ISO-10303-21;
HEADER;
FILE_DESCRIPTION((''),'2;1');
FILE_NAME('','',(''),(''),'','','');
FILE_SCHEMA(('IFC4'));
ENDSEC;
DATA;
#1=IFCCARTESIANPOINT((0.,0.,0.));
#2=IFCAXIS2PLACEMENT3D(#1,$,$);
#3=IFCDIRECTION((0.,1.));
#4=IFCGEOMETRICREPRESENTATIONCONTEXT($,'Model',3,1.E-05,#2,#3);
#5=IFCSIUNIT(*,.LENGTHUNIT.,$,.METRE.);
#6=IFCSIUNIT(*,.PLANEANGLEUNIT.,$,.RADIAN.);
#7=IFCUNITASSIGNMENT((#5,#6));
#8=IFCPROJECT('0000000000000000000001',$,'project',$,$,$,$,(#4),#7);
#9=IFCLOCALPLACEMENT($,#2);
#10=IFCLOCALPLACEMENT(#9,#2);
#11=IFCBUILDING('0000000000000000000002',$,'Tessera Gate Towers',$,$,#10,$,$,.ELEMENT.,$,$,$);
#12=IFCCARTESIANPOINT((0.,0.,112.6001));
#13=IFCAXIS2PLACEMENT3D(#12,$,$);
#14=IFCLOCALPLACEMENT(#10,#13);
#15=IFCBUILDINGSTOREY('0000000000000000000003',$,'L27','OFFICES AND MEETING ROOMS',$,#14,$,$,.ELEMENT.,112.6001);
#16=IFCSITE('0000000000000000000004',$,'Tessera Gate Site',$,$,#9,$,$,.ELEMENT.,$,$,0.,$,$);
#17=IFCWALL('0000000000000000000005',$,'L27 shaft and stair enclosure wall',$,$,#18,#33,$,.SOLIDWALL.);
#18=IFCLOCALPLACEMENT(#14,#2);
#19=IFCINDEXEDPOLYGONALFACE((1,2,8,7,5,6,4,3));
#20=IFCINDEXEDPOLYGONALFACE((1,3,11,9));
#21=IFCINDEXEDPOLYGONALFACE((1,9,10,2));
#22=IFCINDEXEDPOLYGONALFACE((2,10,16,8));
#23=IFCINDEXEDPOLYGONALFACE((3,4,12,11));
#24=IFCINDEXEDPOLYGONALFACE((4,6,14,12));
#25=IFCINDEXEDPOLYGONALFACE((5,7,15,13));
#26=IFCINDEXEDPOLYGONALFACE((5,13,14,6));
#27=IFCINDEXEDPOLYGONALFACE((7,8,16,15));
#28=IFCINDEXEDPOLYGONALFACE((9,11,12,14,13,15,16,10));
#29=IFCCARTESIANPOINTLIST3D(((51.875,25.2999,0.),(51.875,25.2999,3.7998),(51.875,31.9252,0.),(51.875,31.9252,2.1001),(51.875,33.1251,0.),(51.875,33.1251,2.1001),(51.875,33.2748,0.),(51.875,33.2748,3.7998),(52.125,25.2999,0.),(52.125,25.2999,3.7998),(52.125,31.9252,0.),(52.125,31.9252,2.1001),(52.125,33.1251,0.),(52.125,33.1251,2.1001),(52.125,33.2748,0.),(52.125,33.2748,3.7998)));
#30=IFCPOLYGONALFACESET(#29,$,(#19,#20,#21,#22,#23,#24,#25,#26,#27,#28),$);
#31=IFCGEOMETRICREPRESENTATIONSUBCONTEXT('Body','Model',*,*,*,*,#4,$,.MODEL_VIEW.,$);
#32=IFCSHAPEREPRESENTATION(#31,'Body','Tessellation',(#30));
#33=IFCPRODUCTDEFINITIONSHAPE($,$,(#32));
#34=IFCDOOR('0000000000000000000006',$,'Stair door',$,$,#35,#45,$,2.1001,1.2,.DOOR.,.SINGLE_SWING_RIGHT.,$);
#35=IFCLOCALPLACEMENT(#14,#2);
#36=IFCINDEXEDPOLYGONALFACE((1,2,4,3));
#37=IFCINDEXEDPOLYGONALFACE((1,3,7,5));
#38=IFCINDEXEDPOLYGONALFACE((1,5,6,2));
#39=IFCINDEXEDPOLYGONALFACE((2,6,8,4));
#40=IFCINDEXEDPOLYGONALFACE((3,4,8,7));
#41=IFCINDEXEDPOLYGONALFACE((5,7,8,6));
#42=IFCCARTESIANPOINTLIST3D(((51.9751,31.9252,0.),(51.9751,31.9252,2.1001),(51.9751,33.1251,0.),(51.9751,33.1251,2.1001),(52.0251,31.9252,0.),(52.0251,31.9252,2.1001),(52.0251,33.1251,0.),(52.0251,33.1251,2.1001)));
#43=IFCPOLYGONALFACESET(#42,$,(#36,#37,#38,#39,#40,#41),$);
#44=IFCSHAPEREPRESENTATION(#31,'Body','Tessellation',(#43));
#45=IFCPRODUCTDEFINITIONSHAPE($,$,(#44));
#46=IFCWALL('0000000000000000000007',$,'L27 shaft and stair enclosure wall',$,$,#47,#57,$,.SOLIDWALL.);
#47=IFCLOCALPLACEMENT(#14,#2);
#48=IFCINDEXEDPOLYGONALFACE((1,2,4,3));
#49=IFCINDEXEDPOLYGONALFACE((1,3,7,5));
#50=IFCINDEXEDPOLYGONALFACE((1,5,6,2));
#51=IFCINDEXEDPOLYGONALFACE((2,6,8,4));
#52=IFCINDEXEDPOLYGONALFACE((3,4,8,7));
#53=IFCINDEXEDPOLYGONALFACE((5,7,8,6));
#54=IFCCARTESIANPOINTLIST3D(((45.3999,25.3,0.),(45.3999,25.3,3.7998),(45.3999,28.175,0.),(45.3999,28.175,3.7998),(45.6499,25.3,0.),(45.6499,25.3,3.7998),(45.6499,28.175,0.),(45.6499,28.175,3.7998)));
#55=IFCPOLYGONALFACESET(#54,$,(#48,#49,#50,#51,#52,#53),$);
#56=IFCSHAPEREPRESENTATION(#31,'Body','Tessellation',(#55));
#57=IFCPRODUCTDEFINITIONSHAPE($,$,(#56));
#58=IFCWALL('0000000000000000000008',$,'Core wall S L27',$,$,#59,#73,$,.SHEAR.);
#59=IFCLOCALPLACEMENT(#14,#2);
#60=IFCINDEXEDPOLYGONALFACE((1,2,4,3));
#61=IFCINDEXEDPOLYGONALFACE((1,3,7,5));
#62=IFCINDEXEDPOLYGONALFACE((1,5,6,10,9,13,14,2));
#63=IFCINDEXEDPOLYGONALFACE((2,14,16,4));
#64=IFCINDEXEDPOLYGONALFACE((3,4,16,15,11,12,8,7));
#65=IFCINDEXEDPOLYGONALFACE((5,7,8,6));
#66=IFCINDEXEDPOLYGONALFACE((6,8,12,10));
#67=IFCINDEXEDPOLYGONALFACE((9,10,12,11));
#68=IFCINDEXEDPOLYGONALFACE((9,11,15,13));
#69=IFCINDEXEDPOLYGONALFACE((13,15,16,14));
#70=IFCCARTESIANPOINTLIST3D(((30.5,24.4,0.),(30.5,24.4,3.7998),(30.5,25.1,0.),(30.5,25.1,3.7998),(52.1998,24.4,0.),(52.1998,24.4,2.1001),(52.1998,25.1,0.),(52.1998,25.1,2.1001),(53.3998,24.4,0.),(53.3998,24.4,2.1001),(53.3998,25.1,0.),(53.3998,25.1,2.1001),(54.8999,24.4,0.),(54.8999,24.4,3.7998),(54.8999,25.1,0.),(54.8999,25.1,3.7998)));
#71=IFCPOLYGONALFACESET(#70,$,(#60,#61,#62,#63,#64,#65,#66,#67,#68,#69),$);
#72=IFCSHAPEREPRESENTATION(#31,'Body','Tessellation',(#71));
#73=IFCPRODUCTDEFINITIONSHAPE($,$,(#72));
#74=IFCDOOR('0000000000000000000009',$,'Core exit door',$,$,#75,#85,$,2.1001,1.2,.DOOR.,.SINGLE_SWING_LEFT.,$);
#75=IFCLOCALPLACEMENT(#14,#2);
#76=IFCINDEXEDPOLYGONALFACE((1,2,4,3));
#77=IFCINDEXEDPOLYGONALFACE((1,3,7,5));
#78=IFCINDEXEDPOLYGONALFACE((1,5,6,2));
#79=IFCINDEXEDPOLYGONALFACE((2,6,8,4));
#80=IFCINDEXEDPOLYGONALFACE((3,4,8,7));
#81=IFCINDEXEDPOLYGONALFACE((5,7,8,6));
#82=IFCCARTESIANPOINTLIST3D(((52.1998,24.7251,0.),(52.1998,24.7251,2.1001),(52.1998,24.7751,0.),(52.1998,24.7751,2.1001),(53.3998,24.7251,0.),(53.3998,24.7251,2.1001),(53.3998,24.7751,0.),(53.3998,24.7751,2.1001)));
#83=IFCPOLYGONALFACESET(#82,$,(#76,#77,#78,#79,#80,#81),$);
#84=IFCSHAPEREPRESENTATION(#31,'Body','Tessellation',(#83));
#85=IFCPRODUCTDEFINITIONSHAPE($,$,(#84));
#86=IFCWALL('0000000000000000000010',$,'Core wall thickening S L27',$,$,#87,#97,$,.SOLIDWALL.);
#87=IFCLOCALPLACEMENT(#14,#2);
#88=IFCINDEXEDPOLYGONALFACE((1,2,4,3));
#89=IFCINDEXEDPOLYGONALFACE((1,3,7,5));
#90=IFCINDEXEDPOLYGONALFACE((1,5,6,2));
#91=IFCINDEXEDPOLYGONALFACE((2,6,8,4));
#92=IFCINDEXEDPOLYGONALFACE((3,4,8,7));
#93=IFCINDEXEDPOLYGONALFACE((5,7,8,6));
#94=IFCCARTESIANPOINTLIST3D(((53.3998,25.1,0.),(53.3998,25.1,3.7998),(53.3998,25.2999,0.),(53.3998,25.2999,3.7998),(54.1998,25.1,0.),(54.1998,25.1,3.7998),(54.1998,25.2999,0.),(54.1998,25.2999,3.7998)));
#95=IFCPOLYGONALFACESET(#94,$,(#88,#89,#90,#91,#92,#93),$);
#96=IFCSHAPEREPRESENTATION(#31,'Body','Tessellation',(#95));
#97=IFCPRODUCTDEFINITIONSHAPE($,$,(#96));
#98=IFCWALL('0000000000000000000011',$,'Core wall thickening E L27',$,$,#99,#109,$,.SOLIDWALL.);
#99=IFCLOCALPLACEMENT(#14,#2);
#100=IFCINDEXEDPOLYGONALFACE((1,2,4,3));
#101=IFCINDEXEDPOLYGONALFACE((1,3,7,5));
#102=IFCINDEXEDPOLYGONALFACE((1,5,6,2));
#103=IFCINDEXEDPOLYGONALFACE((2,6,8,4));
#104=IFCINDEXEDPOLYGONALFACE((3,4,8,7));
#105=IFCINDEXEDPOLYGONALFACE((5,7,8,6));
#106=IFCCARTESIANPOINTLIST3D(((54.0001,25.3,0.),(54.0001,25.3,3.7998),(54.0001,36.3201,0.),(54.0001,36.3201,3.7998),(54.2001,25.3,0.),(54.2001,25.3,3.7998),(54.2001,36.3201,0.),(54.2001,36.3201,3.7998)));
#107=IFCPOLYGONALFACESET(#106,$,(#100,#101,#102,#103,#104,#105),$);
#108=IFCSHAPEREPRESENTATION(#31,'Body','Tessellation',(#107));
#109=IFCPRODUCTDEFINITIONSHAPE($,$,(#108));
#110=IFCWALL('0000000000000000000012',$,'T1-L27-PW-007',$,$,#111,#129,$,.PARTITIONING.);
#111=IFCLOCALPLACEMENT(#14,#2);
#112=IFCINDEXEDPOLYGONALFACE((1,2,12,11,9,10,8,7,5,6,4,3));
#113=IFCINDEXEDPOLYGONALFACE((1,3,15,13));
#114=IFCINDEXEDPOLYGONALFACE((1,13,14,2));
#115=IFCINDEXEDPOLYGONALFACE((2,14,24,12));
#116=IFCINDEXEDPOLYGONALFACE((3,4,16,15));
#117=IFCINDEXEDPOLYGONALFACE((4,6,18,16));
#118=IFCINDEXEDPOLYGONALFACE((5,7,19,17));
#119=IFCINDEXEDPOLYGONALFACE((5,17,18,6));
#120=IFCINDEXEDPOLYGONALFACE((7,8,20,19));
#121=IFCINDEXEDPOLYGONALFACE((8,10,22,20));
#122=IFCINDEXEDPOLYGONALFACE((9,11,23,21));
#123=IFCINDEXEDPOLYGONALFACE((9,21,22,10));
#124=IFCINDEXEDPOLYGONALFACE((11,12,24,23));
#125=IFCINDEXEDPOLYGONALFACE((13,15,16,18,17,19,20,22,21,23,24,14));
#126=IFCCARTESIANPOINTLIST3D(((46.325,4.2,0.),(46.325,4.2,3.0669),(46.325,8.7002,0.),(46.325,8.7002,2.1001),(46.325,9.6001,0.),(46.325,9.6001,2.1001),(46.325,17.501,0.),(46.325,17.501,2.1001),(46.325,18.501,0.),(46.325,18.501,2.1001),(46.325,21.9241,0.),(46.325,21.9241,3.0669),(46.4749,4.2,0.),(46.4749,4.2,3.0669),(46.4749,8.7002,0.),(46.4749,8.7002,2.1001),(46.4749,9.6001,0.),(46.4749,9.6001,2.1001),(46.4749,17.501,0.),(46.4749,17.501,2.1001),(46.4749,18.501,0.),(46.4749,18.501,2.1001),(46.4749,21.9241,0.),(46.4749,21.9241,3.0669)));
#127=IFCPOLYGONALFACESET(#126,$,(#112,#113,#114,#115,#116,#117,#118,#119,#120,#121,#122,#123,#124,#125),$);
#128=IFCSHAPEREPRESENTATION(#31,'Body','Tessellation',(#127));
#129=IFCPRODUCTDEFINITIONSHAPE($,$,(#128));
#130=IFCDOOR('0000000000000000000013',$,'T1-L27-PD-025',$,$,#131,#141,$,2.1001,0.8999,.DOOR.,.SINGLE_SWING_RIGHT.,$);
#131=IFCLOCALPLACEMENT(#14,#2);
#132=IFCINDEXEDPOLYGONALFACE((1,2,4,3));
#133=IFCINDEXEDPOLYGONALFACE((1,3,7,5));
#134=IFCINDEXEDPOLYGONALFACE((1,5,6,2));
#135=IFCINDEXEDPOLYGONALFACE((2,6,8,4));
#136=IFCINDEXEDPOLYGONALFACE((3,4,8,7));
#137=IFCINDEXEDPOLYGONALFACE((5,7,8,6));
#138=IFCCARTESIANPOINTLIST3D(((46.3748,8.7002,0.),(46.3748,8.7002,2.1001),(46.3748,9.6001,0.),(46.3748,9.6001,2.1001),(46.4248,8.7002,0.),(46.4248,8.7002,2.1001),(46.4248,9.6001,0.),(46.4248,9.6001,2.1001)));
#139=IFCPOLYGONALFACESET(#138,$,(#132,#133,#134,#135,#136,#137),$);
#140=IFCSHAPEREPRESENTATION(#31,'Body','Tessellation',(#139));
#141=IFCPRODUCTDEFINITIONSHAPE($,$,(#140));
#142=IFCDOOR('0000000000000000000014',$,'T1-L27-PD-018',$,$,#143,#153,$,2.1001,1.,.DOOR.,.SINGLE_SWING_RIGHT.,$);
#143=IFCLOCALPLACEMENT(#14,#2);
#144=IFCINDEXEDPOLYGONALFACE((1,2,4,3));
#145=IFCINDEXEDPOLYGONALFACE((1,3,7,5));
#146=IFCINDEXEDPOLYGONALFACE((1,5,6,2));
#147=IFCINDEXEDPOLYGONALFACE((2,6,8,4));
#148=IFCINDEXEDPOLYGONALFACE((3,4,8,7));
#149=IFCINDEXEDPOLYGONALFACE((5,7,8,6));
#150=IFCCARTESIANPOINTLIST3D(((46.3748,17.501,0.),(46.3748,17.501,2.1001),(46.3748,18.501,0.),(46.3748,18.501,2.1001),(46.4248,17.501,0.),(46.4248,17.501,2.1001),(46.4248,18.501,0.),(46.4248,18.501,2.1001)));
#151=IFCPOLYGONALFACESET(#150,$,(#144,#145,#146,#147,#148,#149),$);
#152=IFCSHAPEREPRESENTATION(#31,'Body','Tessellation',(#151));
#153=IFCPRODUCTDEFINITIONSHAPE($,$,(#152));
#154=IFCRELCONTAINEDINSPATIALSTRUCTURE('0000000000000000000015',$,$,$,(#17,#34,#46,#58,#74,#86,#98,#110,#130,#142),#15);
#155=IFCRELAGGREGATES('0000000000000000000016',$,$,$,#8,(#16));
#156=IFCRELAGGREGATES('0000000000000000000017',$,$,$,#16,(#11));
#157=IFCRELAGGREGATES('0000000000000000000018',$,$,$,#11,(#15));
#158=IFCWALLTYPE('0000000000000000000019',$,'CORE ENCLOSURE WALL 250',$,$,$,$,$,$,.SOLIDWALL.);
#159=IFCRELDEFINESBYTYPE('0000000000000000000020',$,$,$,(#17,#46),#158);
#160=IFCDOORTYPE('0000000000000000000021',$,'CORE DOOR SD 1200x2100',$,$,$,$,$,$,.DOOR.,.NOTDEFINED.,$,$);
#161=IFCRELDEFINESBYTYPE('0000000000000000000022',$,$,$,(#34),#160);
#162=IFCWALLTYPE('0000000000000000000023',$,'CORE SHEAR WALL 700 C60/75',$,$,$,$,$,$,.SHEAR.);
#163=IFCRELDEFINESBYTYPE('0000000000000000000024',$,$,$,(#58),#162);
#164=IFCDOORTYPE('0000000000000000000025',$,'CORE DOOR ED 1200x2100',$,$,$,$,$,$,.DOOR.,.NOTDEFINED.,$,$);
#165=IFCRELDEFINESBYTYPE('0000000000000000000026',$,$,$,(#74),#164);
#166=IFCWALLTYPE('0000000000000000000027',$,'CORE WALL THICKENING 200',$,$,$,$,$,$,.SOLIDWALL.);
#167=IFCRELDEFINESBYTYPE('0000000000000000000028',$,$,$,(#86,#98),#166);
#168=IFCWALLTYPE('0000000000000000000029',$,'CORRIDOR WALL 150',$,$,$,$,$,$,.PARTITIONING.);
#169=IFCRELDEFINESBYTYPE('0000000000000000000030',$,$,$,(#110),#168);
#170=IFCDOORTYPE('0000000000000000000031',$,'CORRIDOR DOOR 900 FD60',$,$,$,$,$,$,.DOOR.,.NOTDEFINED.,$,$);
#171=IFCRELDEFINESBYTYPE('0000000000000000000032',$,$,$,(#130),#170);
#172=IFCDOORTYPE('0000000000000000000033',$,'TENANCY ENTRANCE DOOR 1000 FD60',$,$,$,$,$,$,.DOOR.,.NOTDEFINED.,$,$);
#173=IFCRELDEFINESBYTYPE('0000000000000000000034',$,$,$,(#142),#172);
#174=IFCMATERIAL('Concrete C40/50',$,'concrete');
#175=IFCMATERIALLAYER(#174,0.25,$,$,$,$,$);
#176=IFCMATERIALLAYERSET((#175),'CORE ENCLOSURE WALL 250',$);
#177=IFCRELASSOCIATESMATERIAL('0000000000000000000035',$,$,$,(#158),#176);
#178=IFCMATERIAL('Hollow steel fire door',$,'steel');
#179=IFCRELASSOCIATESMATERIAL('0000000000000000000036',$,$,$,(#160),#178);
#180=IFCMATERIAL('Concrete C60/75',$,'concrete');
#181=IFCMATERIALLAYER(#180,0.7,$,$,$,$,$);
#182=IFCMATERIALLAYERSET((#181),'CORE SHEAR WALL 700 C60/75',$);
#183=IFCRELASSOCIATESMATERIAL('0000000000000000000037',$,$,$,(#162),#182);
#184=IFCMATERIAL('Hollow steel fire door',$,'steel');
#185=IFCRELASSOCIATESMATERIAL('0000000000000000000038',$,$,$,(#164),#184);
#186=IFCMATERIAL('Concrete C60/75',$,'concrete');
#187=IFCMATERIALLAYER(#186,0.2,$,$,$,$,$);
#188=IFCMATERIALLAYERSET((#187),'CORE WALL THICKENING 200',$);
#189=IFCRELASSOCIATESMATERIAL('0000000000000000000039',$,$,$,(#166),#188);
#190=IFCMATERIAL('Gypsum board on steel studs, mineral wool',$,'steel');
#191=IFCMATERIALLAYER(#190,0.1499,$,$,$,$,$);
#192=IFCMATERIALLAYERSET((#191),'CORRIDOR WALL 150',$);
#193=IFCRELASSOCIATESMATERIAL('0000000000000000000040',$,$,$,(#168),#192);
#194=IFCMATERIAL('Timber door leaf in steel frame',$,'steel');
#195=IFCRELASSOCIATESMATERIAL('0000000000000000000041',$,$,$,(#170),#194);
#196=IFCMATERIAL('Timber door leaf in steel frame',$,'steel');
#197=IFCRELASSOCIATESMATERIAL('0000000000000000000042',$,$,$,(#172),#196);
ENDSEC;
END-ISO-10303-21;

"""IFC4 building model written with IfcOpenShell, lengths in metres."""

from ifc_helpers import new_model, si_unit, direction, frame, frame_2d, origin, place, context, subcontext, project, spatial, rectangle, extrude, source, transform, mapped, material, layer, layer_set, type_object, element, fill, save


model = new_model("IFC4")

# Units and contexts
model_context = context("Model", 3, precision=1e-05, world=origin(), true_north=direction((0.0, 1.0)))
body_context = subcontext(model_context, "Body", "Model", "MODEL_VIEW")
ifc_project = project(units=[si_unit("LENGTHUNIT", "METRE"), si_unit("PLANEANGLEUNIT", "RADIAN")], contexts=[model_context])

# Site, building, storey
site_placement = place(None, origin())
site = spatial("IfcSite", under=ifc_project, at=site_placement, Name="Tessera Gate Site", CompositionType="ELEMENT", RefElevation=0.0)
building_placement = place(site_placement, origin())
building = spatial("IfcBuilding", under=site, at=building_placement, Name="Tessera Gate Towers", CompositionType="ELEMENT")
storey_placement = place(building_placement, frame((0.0, 0.0, 112.6001)))
storey = spatial("IfcBuildingStorey", under=building, at=storey_placement, Name="L27", Description="OFFICES AND MEETING ROOMS", CompositionType="ELEMENT", Elevation=112.6001)

# Wall, opening, door
ifc_material_1 = material(Name="Concrete C40/50", Category="concrete")
ifc_layer_1 = layer(ifc_material_1, 0.25)
ifc_layer_set_1 = layer_set([ifc_layer_1], Name="CORE ENCLOSURE WALL 250")
wall_type_1 = type_object("IfcWallType", Name="CORE ENCLOSURE WALL 250", PredefinedType="SOLIDWALL", material=ifc_layer_set_1)
wall_1_placement = place(storey_placement, frame((52.0, 25.3, 0.0), z_axis=(0.0, 0.0, 1.0), x_axis=(0.0, 1.0, 0.0)))
wall_1 = element("IfcWall", 1, at=wall_1_placement, inside=storey, type_object=wall_type_1, Name="L27 shaft and stair enclosure wall", PredefinedType="SOLIDWALL", context=body_context, shape_type="SweptSolid", body=[
    extrude(rectangle(XDim=7.9749, YDim=0.25, at=frame_2d((3.9873, 0.0))), origin(), (0.0, 0.0, 1.0), 3.7998),
])
shared_shape_1 = source(origin(), body_context, "Body", "SweptSolid", [
    extrude(rectangle(XDim=1.2, YDim=2.1001, at=frame_2d((0.6001, 1.05))), frame((0.0, 0.135, 0.0), z_axis=(0.0, -1.0, 0.0), x_axis=(1.0, 0.0, 0.0)), (0.0, 0.0, 1.0), 0.27),
])
opening_1_placement = place(wall_1_placement, frame((6.625, 0.0, 0.0)))
opening_1 = element("IfcOpeningElement", 2, at=opening_1_placement, cuts=wall_1, PredefinedType="OPENING", context=body_context, shape_type="MappedRepresentation", body=[
    mapped(shared_shape_1, transform((0.0, 0.0, 0.0), scale=1.0)),
])
ifc_material_2 = material(Name="Hollow steel fire door", Category="steel")
door_type_1 = type_object("IfcDoorType", Name="CORE DOOR SD 1200x2100", OperationType="NOTDEFINED", PredefinedType="DOOR", material=ifc_material_2)
shared_shape_2 = source(origin(), body_context, "Body", "SweptSolid", [
    extrude(rectangle(XDim=1.2, YDim=2.1001, at=frame_2d((0.6001, 1.05))), frame((0.0, 0.0249, 0.0), z_axis=(0.0, -1.0, 0.0), x_axis=(1.0, 0.0, 0.0)), (0.0, 0.0, 1.0), 0.05),
])
door_1_placement = place(opening_1_placement, origin())
door_1 = element("IfcDoor", 3, at=door_1_placement, inside=storey, type_object=door_type_1, Name="Stair door", OperationType="SINGLE_SWING_RIGHT", OverallHeight=2.1001, OverallWidth=1.2, PredefinedType="DOOR", context=body_context, shape_type="MappedRepresentation", body=[
    mapped(shared_shape_2, transform((0.0, 0.0, 0.0), scale=1.0)),
])
fill(opening_1, door_1)

# Wall
wall_2_placement = place(storey_placement, frame((45.5249, 25.3, 0.0), z_axis=(0.0, 0.0, 1.0), x_axis=(0.0, 1.0, 0.0)))
element("IfcWall", 4, at=wall_2_placement, inside=storey, type_object=wall_type_1, Name="L27 shaft and stair enclosure wall", PredefinedType="SOLIDWALL", context=body_context, shape_type="SweptSolid", body=[
    extrude(rectangle(XDim=2.875, YDim=0.25, at=frame_2d((1.4375, 0.0))), origin(), (0.0, 0.0, 1.0), 3.7998),
])

# Wall, opening, door
ifc_material_3 = material(Name="Concrete C60/75", Category="concrete")
ifc_layer_2 = layer(ifc_material_3, 0.7)
ifc_layer_set_2 = layer_set([ifc_layer_2], Name="CORE SHEAR WALL 700 C60/75")
wall_type_2 = type_object("IfcWallType", Name="CORE SHEAR WALL 700 C60/75", PredefinedType="SHEAR", material=ifc_layer_set_2)
wall_3_placement = place(storey_placement, frame((54.8999, 24.75, 0.0), z_axis=(0.0, 0.0, 1.0), x_axis=(-1.0, 0.0, 0.0)))
wall_3 = element("IfcWall", 5, at=wall_3_placement, inside=storey, type_object=wall_type_2, Name="Core wall S L27", PredefinedType="SHEAR", context=body_context, shape_type="SweptSolid", body=[
    extrude(rectangle(XDim=24.3999, YDim=0.7, at=frame_2d((12.2, 0.0))), origin(), (0.0, 0.0, 1.0), 3.7998),
])
shared_shape_3 = source(origin(), body_context, "Body", "SweptSolid", [
    extrude(rectangle(XDim=1.2, YDim=2.1001, at=frame_2d((0.6001, 1.05))), frame((0.0, 0.3599, 0.0), z_axis=(0.0, -1.0, 0.0), x_axis=(1.0, 0.0, 0.0)), (0.0, 0.0, 1.0), 0.72),
])
opening_2_placement = place(wall_3_placement, frame((1.5, 0.0, 0.0)))
opening_2 = element("IfcOpeningElement", 6, at=opening_2_placement, cuts=wall_3, PredefinedType="OPENING", context=body_context, shape_type="MappedRepresentation", body=[
    mapped(shared_shape_3, transform((0.0, 0.0, 0.0), scale=1.0)),
])
ifc_material_4 = material(Name="Hollow steel fire door", Category="steel")
door_type_2 = type_object("IfcDoorType", Name="CORE DOOR ED 1200x2100", OperationType="NOTDEFINED", PredefinedType="DOOR", material=ifc_material_4)
door_2_placement = place(opening_2_placement, origin())
door_2 = element("IfcDoor", 7, at=door_2_placement, inside=storey, type_object=door_type_2, Name="Core exit door", OperationType="SINGLE_SWING_LEFT", OverallHeight=2.1001, OverallWidth=1.2, PredefinedType="DOOR", context=body_context, shape_type="MappedRepresentation", body=[
    mapped(shared_shape_2, transform((0.0, 0.0, 0.0), scale=1.0)),
])
fill(opening_2, door_2)

# Walls
ifc_material_5 = material(Name="Concrete C60/75", Category="concrete")
ifc_layer_3 = layer(ifc_material_5, 0.2)
ifc_layer_set_3 = layer_set([ifc_layer_3], Name="CORE WALL THICKENING 200")
wall_type_3 = type_object("IfcWallType", Name="CORE WALL THICKENING 200", PredefinedType="SOLIDWALL", material=ifc_layer_set_3)
wall_4_placement = place(storey_placement, frame((53.3999, 25.2, 0.0), z_axis=(0.0, 0.0, 1.0), x_axis=(1.0, 0.0, 0.0)))
element("IfcWall", 8, at=wall_4_placement, inside=storey, type_object=wall_type_3, Name="Core wall thickening S L27", PredefinedType="SOLIDWALL", context=body_context, shape_type="SweptSolid", body=[
    extrude(rectangle(XDim=0.8, YDim=0.2, at=frame_2d((0.3999, 0.0))), origin(), (0.0, 0.0, 1.0), 3.7998),
])
wall_5_placement = place(storey_placement, frame((54.1001, 25.3, 0.0), z_axis=(0.0, 0.0, 1.0), x_axis=(0.0, 1.0, 0.0)))
element("IfcWall", 9, at=wall_5_placement, inside=storey, type_object=wall_type_3, Name="Core wall thickening E L27", PredefinedType="SOLIDWALL", context=body_context, shape_type="SweptSolid", body=[
    extrude(rectangle(XDim=11.02, YDim=0.2, at=frame_2d((5.51, 0.0))), origin(), (0.0, 0.0, 1.0), 3.7998),
])

# Wall, openings, doors
ifc_material_6 = material(Name="Gypsum board on steel studs, mineral wool", Category="steel")
ifc_layer_4 = layer(ifc_material_6, 0.1499)
ifc_layer_set_4 = layer_set([ifc_layer_4], Name="CORRIDOR WALL 150")
wall_type_4 = type_object("IfcWallType", Name="CORRIDOR WALL 150", PredefinedType="PARTITIONING", material=ifc_layer_set_4)
wall_6_placement = place(storey_placement, frame((46.3999, 21.9241, 0.0), z_axis=(0.0, 0.0, 1.0), x_axis=(0.0, -1.0, 0.0)))
wall_6 = element("IfcWall", 10, at=wall_6_placement, inside=storey, type_object=wall_type_4, Name="T1-L27-PW-007", PredefinedType="PARTITIONING", context=body_context, shape_type="SweptSolid", body=[
    extrude(rectangle(XDim=17.7241, YDim=0.1499, at=frame_2d((8.8621, 0.0))), origin(), (0.0, 0.0, 1.0), 3.0669),
])
shared_shape_4 = source(origin(), body_context, "Body", "SweptSolid", [
    extrude(rectangle(XDim=1.0, YDim=2.1001, at=frame_2d((0.5, 1.05))), frame((0.0, 0.085, 0.0), z_axis=(0.0, -1.0, 0.0), x_axis=(1.0, 0.0, 0.0)), (0.0, 0.0, 1.0), 0.1699),
])
opening_3_placement = place(wall_6_placement, frame((3.4231, 0.0, 0.0)))
opening_3 = element("IfcOpeningElement", 11, at=opening_3_placement, cuts=wall_6, PredefinedType="OPENING", context=body_context, shape_type="MappedRepresentation", body=[
    mapped(shared_shape_4, transform((0.0, 0.0, 0.0), scale=1.0)),
])
shared_shape_5 = source(origin(), body_context, "Body", "SweptSolid", [
    extrude(rectangle(XDim=0.8999, YDim=2.1001, at=frame_2d((0.45, 1.05))), frame((0.0, 0.085, 0.0), z_axis=(0.0, -1.0, 0.0), x_axis=(1.0, 0.0, 0.0)), (0.0, 0.0, 1.0), 0.1699),
])
opening_4_placement = place(wall_6_placement, frame((12.324, 0.0, 0.0)))
opening_4 = element("IfcOpeningElement", 12, at=opening_4_placement, cuts=wall_6, PredefinedType="OPENING", context=body_context, shape_type="MappedRepresentation", body=[
    mapped(shared_shape_5, transform((0.0, 0.0, 0.0), scale=1.0)),
])
ifc_material_7 = material(Name="Timber door leaf in steel frame", Category="steel")
door_type_3 = type_object("IfcDoorType", Name="CORRIDOR DOOR 900 FD60", OperationType="NOTDEFINED", PredefinedType="DOOR", material=ifc_material_7)
shared_shape_6 = source(origin(), body_context, "Body", "SweptSolid", [
    extrude(rectangle(XDim=0.8999, YDim=2.1001, at=frame_2d((0.45, 1.05))), frame((0.0, 0.0249, 0.0), z_axis=(0.0, -1.0, 0.0), x_axis=(1.0, 0.0, 0.0)), (0.0, 0.0, 1.0), 0.05),
])
door_3_placement = place(opening_4_placement, origin())
door_3 = element("IfcDoor", 13, at=door_3_placement, inside=storey, type_object=door_type_3, Name="T1-L27-PD-025", OperationType="SINGLE_SWING_RIGHT", OverallHeight=2.1001, OverallWidth=0.8999, PredefinedType="DOOR", context=body_context, shape_type="MappedRepresentation", body=[
    mapped(shared_shape_6, transform((0.0, 0.0, 0.0), scale=1.0)),
])
fill(opening_4, door_3)
ifc_material_8 = material(Name="Timber door leaf in steel frame", Category="steel")
door_type_4 = type_object("IfcDoorType", Name="TENANCY ENTRANCE DOOR 1000 FD60", OperationType="NOTDEFINED", PredefinedType="DOOR", material=ifc_material_8)
shared_shape_7 = source(origin(), body_context, "Body", "SweptSolid", [
    extrude(rectangle(XDim=1.0, YDim=2.1001, at=frame_2d((0.5, 1.05))), frame((0.0, 0.0249, 0.0), z_axis=(0.0, -1.0, 0.0), x_axis=(1.0, 0.0, 0.0)), (0.0, 0.0, 1.0), 0.05),
])
door_4_placement = place(opening_3_placement, origin())
door_4 = element("IfcDoor", 14, at=door_4_placement, inside=storey, type_object=door_type_4, Name="T1-L27-PD-018", OperationType="SINGLE_SWING_RIGHT", OverallHeight=2.1001, OverallWidth=1.0, PredefinedType="DOOR", context=body_context, shape_type="MappedRepresentation", body=[
    mapped(shared_shape_7, transform((0.0, 0.0, 0.0), scale=1.0)),
])
fill(opening_3, door_4)

save(model, "model.ifc")
